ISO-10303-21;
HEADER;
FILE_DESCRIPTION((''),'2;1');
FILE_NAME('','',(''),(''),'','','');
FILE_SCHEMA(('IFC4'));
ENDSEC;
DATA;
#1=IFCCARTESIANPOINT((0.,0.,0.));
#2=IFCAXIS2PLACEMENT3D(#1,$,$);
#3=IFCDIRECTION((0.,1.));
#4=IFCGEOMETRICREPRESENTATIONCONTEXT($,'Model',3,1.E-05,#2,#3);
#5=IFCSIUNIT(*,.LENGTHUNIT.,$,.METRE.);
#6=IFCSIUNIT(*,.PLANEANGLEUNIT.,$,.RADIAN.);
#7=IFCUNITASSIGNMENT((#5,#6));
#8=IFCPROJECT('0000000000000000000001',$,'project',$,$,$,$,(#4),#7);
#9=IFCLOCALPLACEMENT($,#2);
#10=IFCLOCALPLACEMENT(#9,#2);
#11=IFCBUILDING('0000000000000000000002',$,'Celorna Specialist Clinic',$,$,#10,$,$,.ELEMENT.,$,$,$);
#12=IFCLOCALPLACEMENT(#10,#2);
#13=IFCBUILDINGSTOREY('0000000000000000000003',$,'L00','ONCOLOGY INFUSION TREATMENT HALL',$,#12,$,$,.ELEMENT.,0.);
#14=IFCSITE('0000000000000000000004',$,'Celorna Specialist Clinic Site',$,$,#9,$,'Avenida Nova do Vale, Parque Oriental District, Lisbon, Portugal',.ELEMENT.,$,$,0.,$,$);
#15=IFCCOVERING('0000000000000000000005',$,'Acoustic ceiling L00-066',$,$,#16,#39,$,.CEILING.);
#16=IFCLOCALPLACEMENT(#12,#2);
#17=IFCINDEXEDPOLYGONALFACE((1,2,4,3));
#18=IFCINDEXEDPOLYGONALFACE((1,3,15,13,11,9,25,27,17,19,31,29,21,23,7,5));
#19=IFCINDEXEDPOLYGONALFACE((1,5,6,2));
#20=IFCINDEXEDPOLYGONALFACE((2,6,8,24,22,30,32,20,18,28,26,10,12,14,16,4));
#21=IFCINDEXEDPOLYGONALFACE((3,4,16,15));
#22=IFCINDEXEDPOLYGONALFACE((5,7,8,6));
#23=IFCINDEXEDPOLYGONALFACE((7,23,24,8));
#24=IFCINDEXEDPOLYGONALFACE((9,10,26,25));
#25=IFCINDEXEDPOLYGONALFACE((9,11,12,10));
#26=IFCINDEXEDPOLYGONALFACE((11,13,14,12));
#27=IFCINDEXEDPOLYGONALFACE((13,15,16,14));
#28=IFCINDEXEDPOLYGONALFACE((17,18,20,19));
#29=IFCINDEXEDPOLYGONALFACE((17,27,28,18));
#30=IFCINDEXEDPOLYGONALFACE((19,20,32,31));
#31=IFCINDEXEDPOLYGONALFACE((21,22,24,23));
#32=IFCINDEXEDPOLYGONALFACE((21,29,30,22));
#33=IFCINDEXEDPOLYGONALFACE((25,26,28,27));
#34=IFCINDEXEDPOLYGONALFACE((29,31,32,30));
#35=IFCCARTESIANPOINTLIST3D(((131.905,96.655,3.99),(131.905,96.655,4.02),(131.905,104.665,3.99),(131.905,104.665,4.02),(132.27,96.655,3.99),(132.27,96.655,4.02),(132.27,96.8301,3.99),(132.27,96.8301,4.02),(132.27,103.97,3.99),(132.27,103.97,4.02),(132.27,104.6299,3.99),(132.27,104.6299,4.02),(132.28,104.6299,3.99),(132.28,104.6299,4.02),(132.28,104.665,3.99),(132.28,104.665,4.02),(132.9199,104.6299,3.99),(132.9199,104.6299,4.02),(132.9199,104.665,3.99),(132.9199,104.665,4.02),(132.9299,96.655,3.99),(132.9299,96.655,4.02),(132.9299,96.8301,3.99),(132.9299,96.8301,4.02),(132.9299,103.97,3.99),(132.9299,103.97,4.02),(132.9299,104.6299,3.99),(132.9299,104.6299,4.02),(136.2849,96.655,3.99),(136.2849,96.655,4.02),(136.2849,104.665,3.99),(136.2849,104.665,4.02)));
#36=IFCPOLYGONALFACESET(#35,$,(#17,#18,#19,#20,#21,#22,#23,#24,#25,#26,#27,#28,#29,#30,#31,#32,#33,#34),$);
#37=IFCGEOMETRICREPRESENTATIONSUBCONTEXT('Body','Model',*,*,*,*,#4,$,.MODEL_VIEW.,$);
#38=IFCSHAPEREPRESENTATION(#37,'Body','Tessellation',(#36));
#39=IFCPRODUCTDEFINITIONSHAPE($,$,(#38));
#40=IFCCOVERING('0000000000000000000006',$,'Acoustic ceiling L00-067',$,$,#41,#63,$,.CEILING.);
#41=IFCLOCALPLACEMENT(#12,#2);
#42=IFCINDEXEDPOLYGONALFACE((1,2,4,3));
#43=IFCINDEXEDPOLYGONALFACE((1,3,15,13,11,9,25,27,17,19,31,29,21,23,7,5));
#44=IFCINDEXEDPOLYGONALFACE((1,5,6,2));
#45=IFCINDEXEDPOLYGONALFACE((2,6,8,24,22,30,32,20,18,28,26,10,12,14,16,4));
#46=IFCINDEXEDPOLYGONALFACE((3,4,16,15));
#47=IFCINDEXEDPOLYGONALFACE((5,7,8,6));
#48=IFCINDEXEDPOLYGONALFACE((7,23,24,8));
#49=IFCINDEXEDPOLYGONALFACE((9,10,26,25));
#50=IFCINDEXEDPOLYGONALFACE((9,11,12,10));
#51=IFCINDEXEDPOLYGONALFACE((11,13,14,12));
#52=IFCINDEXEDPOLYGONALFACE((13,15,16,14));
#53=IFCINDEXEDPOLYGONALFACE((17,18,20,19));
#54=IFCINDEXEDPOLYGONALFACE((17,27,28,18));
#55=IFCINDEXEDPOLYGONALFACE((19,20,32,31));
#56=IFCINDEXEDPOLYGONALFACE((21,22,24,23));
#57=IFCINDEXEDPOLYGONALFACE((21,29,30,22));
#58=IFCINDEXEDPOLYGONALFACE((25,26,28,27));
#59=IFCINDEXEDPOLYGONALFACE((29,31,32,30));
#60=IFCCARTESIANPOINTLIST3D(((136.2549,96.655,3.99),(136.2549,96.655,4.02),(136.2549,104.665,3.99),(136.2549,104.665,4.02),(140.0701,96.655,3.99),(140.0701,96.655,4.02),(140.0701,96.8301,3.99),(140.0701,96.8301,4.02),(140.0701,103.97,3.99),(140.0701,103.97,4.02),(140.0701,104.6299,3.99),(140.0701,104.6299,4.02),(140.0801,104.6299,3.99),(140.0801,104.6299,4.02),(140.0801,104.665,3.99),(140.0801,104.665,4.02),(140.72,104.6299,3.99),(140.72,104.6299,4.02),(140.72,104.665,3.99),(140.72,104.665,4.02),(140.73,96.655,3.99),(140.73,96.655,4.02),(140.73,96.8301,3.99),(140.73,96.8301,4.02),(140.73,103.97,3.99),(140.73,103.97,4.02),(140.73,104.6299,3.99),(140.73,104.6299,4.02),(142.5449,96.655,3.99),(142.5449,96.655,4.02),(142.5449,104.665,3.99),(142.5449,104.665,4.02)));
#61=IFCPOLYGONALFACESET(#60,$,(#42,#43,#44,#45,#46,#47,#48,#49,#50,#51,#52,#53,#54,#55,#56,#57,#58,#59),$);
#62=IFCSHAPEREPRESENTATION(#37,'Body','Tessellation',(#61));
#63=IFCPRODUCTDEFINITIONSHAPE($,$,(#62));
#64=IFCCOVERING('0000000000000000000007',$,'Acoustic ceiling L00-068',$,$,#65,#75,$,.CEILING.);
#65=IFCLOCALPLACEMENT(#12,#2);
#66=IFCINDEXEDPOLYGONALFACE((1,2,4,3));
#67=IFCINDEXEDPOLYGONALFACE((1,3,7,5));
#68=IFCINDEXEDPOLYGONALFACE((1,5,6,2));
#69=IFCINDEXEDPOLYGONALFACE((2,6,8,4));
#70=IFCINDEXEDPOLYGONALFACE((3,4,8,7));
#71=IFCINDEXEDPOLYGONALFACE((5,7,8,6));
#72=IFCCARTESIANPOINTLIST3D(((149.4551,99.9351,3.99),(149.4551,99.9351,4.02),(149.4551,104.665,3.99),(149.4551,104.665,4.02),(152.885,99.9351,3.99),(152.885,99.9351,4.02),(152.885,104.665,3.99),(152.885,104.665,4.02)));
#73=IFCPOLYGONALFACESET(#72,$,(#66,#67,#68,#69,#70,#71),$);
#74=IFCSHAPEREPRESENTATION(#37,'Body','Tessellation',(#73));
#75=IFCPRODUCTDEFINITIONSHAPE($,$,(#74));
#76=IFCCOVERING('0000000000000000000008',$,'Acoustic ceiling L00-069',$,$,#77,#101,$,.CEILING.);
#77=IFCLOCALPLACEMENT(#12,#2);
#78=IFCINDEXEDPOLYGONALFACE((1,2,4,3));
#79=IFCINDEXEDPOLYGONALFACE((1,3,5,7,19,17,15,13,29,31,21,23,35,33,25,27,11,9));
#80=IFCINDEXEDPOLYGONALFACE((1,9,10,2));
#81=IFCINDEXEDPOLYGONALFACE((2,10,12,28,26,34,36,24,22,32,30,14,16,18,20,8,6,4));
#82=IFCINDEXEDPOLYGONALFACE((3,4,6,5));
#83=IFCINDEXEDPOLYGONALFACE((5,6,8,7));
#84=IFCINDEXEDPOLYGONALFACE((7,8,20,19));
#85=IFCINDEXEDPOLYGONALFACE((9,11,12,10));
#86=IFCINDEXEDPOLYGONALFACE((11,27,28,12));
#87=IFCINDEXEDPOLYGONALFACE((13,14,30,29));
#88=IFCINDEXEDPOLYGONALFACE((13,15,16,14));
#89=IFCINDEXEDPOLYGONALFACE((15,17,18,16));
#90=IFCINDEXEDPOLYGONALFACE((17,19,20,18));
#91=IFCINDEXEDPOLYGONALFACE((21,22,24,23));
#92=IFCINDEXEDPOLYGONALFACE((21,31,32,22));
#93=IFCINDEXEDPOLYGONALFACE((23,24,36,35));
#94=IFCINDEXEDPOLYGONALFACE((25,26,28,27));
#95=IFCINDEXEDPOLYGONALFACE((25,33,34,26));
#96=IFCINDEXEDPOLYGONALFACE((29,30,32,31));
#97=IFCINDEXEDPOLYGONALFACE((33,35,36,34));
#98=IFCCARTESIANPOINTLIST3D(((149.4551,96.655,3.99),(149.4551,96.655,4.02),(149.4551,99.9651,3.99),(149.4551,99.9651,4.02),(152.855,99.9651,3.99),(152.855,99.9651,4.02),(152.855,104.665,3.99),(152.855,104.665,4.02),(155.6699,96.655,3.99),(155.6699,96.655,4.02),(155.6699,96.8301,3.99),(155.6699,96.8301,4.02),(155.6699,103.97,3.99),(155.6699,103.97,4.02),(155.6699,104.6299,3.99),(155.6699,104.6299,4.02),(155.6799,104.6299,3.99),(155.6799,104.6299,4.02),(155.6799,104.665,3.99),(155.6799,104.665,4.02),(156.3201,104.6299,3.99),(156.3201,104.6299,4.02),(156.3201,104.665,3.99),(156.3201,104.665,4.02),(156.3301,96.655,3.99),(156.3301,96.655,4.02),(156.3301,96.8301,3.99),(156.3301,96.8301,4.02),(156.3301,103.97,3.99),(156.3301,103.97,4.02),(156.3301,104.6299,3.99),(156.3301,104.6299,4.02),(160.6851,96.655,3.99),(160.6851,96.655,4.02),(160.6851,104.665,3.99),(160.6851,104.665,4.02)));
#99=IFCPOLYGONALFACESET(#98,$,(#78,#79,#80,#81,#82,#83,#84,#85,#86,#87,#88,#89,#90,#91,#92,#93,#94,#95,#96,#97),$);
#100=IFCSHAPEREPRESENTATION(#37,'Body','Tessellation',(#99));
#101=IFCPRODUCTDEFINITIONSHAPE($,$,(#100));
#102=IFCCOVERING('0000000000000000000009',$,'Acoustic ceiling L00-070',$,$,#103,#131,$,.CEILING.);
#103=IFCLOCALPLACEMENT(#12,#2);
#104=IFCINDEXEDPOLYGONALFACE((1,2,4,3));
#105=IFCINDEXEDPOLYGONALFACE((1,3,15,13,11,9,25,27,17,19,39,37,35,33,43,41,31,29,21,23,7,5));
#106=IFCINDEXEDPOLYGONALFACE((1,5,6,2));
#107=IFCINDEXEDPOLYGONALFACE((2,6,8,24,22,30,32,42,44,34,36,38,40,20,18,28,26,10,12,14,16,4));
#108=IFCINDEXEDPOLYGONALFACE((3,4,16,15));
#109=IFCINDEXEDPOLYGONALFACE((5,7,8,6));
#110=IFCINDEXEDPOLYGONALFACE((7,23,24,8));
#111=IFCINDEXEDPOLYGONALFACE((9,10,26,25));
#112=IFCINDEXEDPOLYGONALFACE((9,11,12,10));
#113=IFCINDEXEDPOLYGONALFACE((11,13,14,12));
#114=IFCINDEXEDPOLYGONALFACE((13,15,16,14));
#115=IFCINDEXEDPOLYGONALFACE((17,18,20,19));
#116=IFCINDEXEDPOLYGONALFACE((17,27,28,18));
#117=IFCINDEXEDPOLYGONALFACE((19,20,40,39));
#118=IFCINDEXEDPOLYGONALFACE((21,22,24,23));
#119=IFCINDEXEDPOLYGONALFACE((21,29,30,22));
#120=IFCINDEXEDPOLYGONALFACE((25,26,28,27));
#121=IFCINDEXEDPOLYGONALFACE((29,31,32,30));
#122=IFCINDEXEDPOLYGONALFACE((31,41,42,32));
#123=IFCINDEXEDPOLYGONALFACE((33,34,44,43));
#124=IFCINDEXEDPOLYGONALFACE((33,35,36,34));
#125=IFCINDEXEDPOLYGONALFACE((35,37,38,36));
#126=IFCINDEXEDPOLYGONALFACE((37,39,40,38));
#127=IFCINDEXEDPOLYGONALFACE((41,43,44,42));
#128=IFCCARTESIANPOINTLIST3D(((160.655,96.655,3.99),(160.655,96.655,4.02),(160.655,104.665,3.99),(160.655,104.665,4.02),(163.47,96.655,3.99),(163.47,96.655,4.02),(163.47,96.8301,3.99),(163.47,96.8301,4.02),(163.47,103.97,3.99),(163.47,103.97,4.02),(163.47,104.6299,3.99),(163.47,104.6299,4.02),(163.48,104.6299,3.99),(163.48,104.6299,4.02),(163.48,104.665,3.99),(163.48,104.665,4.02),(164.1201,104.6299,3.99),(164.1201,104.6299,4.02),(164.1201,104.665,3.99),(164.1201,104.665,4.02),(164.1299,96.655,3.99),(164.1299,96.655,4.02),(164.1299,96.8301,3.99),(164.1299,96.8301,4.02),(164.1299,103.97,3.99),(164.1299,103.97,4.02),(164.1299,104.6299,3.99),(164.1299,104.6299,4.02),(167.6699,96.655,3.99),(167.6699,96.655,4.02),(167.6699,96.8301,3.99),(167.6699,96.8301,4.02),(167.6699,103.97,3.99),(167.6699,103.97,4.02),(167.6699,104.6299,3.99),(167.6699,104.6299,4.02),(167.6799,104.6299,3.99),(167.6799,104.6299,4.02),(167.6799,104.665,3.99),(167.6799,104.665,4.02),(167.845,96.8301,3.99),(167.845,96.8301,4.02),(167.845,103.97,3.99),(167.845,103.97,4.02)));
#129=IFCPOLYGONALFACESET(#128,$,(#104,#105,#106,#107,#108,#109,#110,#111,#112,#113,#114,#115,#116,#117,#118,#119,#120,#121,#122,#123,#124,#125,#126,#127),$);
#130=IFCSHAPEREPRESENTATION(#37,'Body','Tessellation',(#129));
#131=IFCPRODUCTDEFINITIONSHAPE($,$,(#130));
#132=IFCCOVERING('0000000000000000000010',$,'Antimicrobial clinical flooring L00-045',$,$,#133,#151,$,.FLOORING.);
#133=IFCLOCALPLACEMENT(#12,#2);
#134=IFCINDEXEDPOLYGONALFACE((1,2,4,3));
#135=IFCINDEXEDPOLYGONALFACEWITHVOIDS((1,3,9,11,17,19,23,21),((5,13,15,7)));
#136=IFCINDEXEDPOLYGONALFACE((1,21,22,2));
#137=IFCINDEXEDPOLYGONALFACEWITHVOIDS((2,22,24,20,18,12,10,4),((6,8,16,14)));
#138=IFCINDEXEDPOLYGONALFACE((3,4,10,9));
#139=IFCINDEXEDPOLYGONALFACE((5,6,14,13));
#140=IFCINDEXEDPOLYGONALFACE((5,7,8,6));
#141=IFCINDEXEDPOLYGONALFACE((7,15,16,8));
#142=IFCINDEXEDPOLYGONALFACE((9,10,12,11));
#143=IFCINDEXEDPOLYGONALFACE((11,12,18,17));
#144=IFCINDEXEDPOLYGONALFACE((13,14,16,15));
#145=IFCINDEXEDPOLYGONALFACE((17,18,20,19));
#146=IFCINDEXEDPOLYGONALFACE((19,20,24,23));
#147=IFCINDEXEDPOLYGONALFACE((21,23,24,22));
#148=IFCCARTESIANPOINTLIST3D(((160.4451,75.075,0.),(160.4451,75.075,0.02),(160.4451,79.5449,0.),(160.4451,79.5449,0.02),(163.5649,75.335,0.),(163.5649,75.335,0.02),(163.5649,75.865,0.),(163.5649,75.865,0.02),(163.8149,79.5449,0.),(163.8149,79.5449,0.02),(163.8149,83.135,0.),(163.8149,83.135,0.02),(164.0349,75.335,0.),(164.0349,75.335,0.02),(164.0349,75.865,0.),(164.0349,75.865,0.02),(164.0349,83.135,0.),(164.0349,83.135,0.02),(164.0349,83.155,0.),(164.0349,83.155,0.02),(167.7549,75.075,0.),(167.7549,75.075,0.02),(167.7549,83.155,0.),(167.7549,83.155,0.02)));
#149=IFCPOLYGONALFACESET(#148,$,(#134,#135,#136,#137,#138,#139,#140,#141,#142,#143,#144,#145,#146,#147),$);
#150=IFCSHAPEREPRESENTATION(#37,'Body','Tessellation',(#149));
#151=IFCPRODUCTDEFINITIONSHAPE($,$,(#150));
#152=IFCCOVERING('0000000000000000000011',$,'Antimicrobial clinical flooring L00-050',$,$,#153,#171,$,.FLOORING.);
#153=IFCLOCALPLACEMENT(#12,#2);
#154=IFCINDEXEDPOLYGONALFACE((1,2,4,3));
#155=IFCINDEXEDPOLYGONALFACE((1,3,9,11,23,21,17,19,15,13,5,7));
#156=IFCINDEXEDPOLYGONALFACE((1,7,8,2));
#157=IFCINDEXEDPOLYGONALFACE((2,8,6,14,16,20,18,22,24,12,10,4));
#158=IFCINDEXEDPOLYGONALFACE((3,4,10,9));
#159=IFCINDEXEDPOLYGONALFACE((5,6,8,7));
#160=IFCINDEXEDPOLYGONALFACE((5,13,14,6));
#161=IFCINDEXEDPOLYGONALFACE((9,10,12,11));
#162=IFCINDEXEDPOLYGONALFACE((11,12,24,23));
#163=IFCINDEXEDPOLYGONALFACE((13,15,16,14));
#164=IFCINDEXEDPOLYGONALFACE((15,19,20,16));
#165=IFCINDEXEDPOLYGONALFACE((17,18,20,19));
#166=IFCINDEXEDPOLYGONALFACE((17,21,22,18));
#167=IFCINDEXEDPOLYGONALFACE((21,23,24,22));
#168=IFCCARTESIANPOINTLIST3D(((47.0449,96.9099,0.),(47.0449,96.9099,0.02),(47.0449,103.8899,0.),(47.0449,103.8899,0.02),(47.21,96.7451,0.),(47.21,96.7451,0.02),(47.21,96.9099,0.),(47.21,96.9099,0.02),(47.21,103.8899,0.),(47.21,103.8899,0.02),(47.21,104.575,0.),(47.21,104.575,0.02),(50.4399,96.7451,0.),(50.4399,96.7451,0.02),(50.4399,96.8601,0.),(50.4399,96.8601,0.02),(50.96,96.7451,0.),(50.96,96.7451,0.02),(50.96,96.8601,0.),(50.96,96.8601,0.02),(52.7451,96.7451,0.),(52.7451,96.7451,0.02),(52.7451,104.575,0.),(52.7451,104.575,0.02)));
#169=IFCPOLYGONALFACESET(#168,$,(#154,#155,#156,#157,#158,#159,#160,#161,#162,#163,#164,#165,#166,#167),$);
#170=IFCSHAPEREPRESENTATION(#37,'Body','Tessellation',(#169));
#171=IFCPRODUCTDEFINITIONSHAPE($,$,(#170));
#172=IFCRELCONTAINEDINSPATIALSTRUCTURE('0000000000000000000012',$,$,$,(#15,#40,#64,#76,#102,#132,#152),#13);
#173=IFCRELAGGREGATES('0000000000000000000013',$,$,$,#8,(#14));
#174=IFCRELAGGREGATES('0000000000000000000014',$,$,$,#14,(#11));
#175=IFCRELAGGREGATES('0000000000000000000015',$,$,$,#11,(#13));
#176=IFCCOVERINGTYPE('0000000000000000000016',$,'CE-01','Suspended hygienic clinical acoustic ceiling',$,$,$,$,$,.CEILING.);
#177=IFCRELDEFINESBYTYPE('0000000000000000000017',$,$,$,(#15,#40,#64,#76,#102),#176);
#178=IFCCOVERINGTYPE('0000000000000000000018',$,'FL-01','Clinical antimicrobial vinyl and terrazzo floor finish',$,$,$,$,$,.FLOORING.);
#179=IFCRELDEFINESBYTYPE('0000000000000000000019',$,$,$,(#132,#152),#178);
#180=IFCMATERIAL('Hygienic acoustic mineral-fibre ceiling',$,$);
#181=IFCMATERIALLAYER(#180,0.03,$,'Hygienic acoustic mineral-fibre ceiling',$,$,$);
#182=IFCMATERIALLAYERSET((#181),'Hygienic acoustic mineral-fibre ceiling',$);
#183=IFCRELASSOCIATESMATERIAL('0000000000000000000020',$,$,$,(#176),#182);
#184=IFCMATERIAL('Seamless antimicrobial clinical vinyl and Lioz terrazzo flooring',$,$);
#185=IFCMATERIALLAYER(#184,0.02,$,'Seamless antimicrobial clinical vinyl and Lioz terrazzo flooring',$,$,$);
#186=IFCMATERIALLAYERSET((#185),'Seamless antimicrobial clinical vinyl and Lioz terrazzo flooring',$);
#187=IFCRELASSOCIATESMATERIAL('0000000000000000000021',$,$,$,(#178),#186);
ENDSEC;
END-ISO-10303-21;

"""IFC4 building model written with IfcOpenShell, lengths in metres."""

from ifc_helpers import new_model, si_unit, direction, frame, origin, place, context, subcontext, project, spatial, polyline, outline, extrude, material, layer, layer_set, type_object, element, save


model = new_model("IFC4")

# Units and contexts
model_context = context("Model", 3, precision=1e-05, world=origin(), true_north=direction((0.0, 1.0)))
body_context = subcontext(model_context, "Body", "Model", "MODEL_VIEW")
ifc_project = project(units=[si_unit("LENGTHUNIT", "METRE"), si_unit("PLANEANGLEUNIT", "RADIAN")], contexts=[model_context])

# Site, building, storey
site_placement = place(None, origin())
site = spatial("IfcSite", under=ifc_project, at=site_placement, Name="Celorna Specialist Clinic Site", LongName="Avenida Nova do Vale, Parque Oriental District, Lisbon, Portugal", CompositionType="ELEMENT", RefElevation=0.0)
building_placement = place(site_placement, origin())
building = spatial("IfcBuilding", under=site, at=building_placement, Name="Celorna Specialist Clinic", CompositionType="ELEMENT")
storey_placement = place(building_placement, origin())
storey = spatial("IfcBuildingStorey", under=building, at=storey_placement, Name="L00", Description="ONCOLOGY INFUSION TREATMENT HALL", CompositionType="ELEMENT", Elevation=0.0)

# Coverings
ifc_material_1 = material(Name="Hygienic acoustic mineral-fibre ceiling")
ifc_layer_1 = layer(ifc_material_1, 0.03, Name="Hygienic acoustic mineral-fibre ceiling")
ifc_layer_set_1 = layer_set([ifc_layer_1], Name="Hygienic acoustic mineral-fibre ceiling")
covering_type_1 = type_object("IfcCoveringType", Name="CE-01", Description="Suspended hygienic clinical acoustic ceiling", PredefinedType="CEILING", material=ifc_layer_set_1)
covering_1_placement = place(storey_placement, frame((0.0, 0.0, 3.99)))
element("IfcCovering", 1, at=covering_1_placement, inside=storey, type_object=covering_type_1, Name="Acoustic ceiling L00-066", PredefinedType="CEILING", context=body_context, shape_type="SweptSolid", body=[
    extrude(outline(polyline([(132.28, 104.665), (132.28, 104.6299), (132.27, 104.6299), (132.27, 103.97), (132.9299, 103.97), (132.9299, 104.6299), (132.9199, 104.6299), (132.9199, 104.665), (136.2849, 104.665), (136.2849, 96.655), (132.9299, 96.655), (132.9299, 96.8301), (132.27, 96.8301), (132.27, 96.655), (131.905, 96.655), (131.905, 104.665), (132.28, 104.665)])), origin(), (0.0, 0.0, 1.0), 0.03),
])
covering_2_placement = place(storey_placement, frame((0.0, 0.0, 3.99)))
element("IfcCovering", 2, at=covering_2_placement, inside=storey, type_object=covering_type_1, Name="Acoustic ceiling L00-067", PredefinedType="CEILING", context=body_context, shape_type="SweptSolid", body=[
    extrude(outline(polyline([(140.0801, 104.665), (140.0801, 104.6299), (140.0701, 104.6299), (140.0701, 103.97), (140.73, 103.97), (140.73, 104.6299), (140.72, 104.6299), (140.72, 104.665), (142.5449, 104.665), (142.5449, 96.655), (140.73, 96.655), (140.73, 96.8301), (140.0701, 96.8301), (140.0701, 96.655), (136.2549, 96.655), (136.2549, 104.665), (140.0801, 104.665)])), origin(), (0.0, 0.0, 1.0), 0.03),
])
covering_3_placement = place(storey_placement, frame((0.0, 0.0, 3.99)))
element("IfcCovering", 3, at=covering_3_placement, inside=storey, type_object=covering_type_1, Name="Acoustic ceiling L00-068", PredefinedType="CEILING", context=body_context, shape_type="SweptSolid", body=[
    extrude(outline(polyline([(152.885, 104.665), (152.885, 99.9351), (149.4551, 99.9351), (149.4551, 104.665), (152.885, 104.665)])), origin(), (0.0, 0.0, 1.0), 0.03),
])
covering_4_placement = place(storey_placement, frame((0.0, 0.0, 3.99)))
element("IfcCovering", 4, at=covering_4_placement, inside=storey, type_object=covering_type_1, Name="Acoustic ceiling L00-069", PredefinedType="CEILING", context=body_context, shape_type="SweptSolid", body=[
    extrude(outline(polyline([(152.855, 104.665), (155.6799, 104.665), (155.6799, 104.6299), (155.6699, 104.6299), (155.6699, 103.97), (156.3301, 103.97), (156.3301, 104.6299), (156.3201, 104.6299), (156.3201, 104.665), (160.6851, 104.665), (160.6851, 96.655), (156.3301, 96.655), (156.3301, 96.8301), (155.6699, 96.8301), (155.6699, 96.655), (149.4551, 96.655), (149.4551, 99.9651), (152.855, 99.9651), (152.855, 104.665)])), origin(), (0.0, 0.0, 1.0), 0.03),
])
covering_5_placement = place(storey_placement, frame((0.0, 0.0, 3.99)))
element("IfcCovering", 5, at=covering_5_placement, inside=storey, type_object=covering_type_1, Name="Acoustic ceiling L00-070", PredefinedType="CEILING", context=body_context, shape_type="SweptSolid", body=[
    extrude(outline(polyline([(163.48, 104.665), (163.48, 104.6299), (163.47, 104.6299), (163.47, 103.97), (164.1299, 103.97), (164.1299, 104.6299), (164.1201, 104.6299), (164.1201, 104.665), (167.6799, 104.665), (167.6799, 104.6299), (167.6699, 104.6299), (167.6699, 103.97), (167.845, 103.97), (167.845, 96.8301), (167.6699, 96.8301), (167.6699, 96.655), (164.1299, 96.655), (164.1299, 96.8301), (163.47, 96.8301), (163.47, 96.655), (160.655, 96.655), (160.655, 104.665), (163.48, 104.665)])), origin(), (0.0, 0.0, 1.0), 0.03),
])
ifc_material_2 = material(Name="Seamless antimicrobial clinical vinyl and Lioz terrazzo flooring")
ifc_layer_2 = layer(ifc_material_2, 0.02, Name="Seamless antimicrobial clinical vinyl and Lioz terrazzo flooring")
ifc_layer_set_2 = layer_set([ifc_layer_2], Name="Seamless antimicrobial clinical vinyl and Lioz terrazzo flooring")
covering_type_2 = type_object("IfcCoveringType", Name="FL-01", Description="Clinical antimicrobial vinyl and terrazzo floor finish", PredefinedType="FLOORING", material=ifc_layer_set_2)
covering_6_placement = place(storey_placement, origin())
element("IfcCovering", 6, at=covering_6_placement, inside=storey, type_object=covering_type_2, Name="Antimicrobial clinical flooring L00-045", PredefinedType="FLOORING", context=body_context, shape_type="SweptSolid", body=[
    extrude(outline(polyline([(164.0349, 83.155), (167.7549, 83.155), (167.7549, 75.075), (160.4451, 75.075), (160.4451, 79.5449), (163.8149, 79.5449), (163.8149, 83.135), (164.0349, 83.135), (164.0349, 83.155)]), holes=[polyline([(164.0349, 75.335), (164.0349, 75.865), (163.5649, 75.865), (163.5649, 75.335), (164.0349, 75.335)])]), origin(), (0.0, 0.0, 1.0), 0.02),
])
covering_7_placement = place(storey_placement, origin())
element("IfcCovering", 7, at=covering_7_placement, inside=storey, type_object=covering_type_2, Name="Antimicrobial clinical flooring L00-050", PredefinedType="FLOORING", context=body_context, shape_type="SweptSolid", body=[
    extrude(outline(polyline([(47.21, 104.575), (52.7451, 104.575), (52.7451, 96.7451), (50.96, 96.7451), (50.96, 96.8601), (50.4399, 96.8601), (50.4399, 96.7451), (47.21, 96.7451), (47.21, 96.9099), (47.0449, 96.9099), (47.0449, 103.8899), (47.21, 103.8899), (47.21, 104.575)])), origin(), (0.0, 0.0, 1.0), 0.02),
])

save(model, "model.ifc")
